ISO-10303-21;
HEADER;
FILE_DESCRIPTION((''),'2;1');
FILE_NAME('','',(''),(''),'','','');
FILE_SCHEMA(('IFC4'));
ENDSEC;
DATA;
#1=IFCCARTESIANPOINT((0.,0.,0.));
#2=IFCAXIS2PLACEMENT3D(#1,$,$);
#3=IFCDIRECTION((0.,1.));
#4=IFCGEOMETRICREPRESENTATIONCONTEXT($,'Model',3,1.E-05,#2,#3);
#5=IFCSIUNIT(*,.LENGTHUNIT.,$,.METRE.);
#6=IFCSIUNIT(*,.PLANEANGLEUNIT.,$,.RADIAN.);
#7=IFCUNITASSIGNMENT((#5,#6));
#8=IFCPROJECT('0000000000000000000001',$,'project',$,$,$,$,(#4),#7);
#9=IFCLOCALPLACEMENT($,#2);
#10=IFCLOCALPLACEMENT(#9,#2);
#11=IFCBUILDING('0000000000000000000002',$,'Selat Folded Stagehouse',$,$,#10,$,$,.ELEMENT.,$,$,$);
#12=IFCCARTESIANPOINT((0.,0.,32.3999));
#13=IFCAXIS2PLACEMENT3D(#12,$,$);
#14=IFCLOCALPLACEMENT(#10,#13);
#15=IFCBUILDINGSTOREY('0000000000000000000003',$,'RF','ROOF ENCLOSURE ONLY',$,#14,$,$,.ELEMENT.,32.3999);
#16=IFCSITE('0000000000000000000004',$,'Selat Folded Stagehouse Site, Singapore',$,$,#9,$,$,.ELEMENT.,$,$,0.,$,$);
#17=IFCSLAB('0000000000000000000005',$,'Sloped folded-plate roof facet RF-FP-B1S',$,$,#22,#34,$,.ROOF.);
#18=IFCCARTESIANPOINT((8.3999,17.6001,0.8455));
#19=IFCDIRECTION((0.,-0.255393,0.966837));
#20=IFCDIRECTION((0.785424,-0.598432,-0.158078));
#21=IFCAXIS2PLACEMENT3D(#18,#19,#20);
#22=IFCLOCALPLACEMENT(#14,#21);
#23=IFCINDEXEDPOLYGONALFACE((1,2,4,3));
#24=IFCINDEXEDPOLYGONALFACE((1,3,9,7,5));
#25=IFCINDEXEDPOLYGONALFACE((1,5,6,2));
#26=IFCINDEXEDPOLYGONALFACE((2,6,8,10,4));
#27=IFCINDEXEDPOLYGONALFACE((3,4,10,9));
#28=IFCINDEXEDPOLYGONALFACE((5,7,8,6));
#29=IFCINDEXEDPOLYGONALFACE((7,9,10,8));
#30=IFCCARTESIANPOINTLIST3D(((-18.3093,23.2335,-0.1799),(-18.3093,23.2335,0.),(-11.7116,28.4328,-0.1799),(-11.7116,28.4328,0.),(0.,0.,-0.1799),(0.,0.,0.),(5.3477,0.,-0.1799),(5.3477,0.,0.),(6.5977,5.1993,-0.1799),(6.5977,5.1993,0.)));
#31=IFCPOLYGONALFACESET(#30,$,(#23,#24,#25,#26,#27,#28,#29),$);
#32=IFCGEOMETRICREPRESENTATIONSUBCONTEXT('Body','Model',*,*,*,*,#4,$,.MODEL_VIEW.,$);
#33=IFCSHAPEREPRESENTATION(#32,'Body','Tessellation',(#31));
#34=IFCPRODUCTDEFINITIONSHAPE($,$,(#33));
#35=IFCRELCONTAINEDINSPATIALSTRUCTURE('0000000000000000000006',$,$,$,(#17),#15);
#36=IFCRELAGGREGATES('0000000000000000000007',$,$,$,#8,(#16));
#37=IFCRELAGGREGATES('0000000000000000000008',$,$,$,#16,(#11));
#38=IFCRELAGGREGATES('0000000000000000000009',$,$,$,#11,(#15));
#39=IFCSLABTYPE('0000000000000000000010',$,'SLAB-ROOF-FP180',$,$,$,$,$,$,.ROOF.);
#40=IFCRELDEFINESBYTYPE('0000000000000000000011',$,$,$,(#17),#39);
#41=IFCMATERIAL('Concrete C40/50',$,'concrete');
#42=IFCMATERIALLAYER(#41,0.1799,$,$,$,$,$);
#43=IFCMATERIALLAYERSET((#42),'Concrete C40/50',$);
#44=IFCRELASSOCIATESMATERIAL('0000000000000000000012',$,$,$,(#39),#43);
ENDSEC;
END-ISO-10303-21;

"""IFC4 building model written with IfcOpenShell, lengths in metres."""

from ifc_helpers import new_model, si_unit, direction, frame, origin, place, context, subcontext, project, spatial, polyline, outline, extrude, material, layer, layer_set, type_object, element, save


model = new_model("IFC4")

# Units and contexts
model_context = context("Model", 3, precision=1e-05, world=origin(), true_north=direction((0.0, 1.0)))
body_context = subcontext(model_context, "Body", "Model", "MODEL_VIEW")
ifc_project = project(units=[si_unit("LENGTHUNIT", "METRE"), si_unit("PLANEANGLEUNIT", "RADIAN")], contexts=[model_context])

# Site, building, storey
site_placement = place(None, origin())
site = spatial("IfcSite", under=ifc_project, at=site_placement, Name="Selat Folded Stagehouse Site, Singapore", CompositionType="ELEMENT", RefElevation=0.0)
building_placement = place(site_placement, origin())
building = spatial("IfcBuilding", under=site, at=building_placement, Name="Selat Folded Stagehouse", CompositionType="ELEMENT")
storey_placement = place(building_placement, frame((0.0, 0.0, 32.3999)))
storey = spatial("IfcBuildingStorey", under=building, at=storey_placement, Name="RF", Description="ROOF ENCLOSURE ONLY", CompositionType="ELEMENT", Elevation=32.3999)

# Slab
ifc_material_1 = material(Name="Concrete C40/50", Category="concrete")
ifc_layer_1 = layer(ifc_material_1, 0.1799)
ifc_layer_set_1 = layer_set([ifc_layer_1], Name="Concrete C40/50")
slab_type_1 = type_object("IfcSlabType", Name="SLAB-ROOF-FP180", PredefinedType="ROOF", material=ifc_layer_set_1)
slab_1_placement = place(storey_placement, frame((8.3999, 17.6001, 0.8455), z_axis=(0.0, -0.255393, 0.966837), x_axis=(0.785424, -0.598432, -0.158078)))
element("IfcSlab", 1, at=slab_1_placement, inside=storey, type_object=slab_type_1, Name="Sloped folded-plate roof facet RF-FP-B1S", PredefinedType="ROOF", context=body_context, shape_type="SweptSolid", body=[
    extrude(outline(polyline([(0.0, 0.0), (5.3477, 0.0), (6.5977, 5.1993), (-11.7116, 28.4328), (-18.3093, 23.2335), (0.0, 0.0)])), origin(), (0.0, 0.0, -1.0), 0.1799),
])

save(model, "model.ifc")
